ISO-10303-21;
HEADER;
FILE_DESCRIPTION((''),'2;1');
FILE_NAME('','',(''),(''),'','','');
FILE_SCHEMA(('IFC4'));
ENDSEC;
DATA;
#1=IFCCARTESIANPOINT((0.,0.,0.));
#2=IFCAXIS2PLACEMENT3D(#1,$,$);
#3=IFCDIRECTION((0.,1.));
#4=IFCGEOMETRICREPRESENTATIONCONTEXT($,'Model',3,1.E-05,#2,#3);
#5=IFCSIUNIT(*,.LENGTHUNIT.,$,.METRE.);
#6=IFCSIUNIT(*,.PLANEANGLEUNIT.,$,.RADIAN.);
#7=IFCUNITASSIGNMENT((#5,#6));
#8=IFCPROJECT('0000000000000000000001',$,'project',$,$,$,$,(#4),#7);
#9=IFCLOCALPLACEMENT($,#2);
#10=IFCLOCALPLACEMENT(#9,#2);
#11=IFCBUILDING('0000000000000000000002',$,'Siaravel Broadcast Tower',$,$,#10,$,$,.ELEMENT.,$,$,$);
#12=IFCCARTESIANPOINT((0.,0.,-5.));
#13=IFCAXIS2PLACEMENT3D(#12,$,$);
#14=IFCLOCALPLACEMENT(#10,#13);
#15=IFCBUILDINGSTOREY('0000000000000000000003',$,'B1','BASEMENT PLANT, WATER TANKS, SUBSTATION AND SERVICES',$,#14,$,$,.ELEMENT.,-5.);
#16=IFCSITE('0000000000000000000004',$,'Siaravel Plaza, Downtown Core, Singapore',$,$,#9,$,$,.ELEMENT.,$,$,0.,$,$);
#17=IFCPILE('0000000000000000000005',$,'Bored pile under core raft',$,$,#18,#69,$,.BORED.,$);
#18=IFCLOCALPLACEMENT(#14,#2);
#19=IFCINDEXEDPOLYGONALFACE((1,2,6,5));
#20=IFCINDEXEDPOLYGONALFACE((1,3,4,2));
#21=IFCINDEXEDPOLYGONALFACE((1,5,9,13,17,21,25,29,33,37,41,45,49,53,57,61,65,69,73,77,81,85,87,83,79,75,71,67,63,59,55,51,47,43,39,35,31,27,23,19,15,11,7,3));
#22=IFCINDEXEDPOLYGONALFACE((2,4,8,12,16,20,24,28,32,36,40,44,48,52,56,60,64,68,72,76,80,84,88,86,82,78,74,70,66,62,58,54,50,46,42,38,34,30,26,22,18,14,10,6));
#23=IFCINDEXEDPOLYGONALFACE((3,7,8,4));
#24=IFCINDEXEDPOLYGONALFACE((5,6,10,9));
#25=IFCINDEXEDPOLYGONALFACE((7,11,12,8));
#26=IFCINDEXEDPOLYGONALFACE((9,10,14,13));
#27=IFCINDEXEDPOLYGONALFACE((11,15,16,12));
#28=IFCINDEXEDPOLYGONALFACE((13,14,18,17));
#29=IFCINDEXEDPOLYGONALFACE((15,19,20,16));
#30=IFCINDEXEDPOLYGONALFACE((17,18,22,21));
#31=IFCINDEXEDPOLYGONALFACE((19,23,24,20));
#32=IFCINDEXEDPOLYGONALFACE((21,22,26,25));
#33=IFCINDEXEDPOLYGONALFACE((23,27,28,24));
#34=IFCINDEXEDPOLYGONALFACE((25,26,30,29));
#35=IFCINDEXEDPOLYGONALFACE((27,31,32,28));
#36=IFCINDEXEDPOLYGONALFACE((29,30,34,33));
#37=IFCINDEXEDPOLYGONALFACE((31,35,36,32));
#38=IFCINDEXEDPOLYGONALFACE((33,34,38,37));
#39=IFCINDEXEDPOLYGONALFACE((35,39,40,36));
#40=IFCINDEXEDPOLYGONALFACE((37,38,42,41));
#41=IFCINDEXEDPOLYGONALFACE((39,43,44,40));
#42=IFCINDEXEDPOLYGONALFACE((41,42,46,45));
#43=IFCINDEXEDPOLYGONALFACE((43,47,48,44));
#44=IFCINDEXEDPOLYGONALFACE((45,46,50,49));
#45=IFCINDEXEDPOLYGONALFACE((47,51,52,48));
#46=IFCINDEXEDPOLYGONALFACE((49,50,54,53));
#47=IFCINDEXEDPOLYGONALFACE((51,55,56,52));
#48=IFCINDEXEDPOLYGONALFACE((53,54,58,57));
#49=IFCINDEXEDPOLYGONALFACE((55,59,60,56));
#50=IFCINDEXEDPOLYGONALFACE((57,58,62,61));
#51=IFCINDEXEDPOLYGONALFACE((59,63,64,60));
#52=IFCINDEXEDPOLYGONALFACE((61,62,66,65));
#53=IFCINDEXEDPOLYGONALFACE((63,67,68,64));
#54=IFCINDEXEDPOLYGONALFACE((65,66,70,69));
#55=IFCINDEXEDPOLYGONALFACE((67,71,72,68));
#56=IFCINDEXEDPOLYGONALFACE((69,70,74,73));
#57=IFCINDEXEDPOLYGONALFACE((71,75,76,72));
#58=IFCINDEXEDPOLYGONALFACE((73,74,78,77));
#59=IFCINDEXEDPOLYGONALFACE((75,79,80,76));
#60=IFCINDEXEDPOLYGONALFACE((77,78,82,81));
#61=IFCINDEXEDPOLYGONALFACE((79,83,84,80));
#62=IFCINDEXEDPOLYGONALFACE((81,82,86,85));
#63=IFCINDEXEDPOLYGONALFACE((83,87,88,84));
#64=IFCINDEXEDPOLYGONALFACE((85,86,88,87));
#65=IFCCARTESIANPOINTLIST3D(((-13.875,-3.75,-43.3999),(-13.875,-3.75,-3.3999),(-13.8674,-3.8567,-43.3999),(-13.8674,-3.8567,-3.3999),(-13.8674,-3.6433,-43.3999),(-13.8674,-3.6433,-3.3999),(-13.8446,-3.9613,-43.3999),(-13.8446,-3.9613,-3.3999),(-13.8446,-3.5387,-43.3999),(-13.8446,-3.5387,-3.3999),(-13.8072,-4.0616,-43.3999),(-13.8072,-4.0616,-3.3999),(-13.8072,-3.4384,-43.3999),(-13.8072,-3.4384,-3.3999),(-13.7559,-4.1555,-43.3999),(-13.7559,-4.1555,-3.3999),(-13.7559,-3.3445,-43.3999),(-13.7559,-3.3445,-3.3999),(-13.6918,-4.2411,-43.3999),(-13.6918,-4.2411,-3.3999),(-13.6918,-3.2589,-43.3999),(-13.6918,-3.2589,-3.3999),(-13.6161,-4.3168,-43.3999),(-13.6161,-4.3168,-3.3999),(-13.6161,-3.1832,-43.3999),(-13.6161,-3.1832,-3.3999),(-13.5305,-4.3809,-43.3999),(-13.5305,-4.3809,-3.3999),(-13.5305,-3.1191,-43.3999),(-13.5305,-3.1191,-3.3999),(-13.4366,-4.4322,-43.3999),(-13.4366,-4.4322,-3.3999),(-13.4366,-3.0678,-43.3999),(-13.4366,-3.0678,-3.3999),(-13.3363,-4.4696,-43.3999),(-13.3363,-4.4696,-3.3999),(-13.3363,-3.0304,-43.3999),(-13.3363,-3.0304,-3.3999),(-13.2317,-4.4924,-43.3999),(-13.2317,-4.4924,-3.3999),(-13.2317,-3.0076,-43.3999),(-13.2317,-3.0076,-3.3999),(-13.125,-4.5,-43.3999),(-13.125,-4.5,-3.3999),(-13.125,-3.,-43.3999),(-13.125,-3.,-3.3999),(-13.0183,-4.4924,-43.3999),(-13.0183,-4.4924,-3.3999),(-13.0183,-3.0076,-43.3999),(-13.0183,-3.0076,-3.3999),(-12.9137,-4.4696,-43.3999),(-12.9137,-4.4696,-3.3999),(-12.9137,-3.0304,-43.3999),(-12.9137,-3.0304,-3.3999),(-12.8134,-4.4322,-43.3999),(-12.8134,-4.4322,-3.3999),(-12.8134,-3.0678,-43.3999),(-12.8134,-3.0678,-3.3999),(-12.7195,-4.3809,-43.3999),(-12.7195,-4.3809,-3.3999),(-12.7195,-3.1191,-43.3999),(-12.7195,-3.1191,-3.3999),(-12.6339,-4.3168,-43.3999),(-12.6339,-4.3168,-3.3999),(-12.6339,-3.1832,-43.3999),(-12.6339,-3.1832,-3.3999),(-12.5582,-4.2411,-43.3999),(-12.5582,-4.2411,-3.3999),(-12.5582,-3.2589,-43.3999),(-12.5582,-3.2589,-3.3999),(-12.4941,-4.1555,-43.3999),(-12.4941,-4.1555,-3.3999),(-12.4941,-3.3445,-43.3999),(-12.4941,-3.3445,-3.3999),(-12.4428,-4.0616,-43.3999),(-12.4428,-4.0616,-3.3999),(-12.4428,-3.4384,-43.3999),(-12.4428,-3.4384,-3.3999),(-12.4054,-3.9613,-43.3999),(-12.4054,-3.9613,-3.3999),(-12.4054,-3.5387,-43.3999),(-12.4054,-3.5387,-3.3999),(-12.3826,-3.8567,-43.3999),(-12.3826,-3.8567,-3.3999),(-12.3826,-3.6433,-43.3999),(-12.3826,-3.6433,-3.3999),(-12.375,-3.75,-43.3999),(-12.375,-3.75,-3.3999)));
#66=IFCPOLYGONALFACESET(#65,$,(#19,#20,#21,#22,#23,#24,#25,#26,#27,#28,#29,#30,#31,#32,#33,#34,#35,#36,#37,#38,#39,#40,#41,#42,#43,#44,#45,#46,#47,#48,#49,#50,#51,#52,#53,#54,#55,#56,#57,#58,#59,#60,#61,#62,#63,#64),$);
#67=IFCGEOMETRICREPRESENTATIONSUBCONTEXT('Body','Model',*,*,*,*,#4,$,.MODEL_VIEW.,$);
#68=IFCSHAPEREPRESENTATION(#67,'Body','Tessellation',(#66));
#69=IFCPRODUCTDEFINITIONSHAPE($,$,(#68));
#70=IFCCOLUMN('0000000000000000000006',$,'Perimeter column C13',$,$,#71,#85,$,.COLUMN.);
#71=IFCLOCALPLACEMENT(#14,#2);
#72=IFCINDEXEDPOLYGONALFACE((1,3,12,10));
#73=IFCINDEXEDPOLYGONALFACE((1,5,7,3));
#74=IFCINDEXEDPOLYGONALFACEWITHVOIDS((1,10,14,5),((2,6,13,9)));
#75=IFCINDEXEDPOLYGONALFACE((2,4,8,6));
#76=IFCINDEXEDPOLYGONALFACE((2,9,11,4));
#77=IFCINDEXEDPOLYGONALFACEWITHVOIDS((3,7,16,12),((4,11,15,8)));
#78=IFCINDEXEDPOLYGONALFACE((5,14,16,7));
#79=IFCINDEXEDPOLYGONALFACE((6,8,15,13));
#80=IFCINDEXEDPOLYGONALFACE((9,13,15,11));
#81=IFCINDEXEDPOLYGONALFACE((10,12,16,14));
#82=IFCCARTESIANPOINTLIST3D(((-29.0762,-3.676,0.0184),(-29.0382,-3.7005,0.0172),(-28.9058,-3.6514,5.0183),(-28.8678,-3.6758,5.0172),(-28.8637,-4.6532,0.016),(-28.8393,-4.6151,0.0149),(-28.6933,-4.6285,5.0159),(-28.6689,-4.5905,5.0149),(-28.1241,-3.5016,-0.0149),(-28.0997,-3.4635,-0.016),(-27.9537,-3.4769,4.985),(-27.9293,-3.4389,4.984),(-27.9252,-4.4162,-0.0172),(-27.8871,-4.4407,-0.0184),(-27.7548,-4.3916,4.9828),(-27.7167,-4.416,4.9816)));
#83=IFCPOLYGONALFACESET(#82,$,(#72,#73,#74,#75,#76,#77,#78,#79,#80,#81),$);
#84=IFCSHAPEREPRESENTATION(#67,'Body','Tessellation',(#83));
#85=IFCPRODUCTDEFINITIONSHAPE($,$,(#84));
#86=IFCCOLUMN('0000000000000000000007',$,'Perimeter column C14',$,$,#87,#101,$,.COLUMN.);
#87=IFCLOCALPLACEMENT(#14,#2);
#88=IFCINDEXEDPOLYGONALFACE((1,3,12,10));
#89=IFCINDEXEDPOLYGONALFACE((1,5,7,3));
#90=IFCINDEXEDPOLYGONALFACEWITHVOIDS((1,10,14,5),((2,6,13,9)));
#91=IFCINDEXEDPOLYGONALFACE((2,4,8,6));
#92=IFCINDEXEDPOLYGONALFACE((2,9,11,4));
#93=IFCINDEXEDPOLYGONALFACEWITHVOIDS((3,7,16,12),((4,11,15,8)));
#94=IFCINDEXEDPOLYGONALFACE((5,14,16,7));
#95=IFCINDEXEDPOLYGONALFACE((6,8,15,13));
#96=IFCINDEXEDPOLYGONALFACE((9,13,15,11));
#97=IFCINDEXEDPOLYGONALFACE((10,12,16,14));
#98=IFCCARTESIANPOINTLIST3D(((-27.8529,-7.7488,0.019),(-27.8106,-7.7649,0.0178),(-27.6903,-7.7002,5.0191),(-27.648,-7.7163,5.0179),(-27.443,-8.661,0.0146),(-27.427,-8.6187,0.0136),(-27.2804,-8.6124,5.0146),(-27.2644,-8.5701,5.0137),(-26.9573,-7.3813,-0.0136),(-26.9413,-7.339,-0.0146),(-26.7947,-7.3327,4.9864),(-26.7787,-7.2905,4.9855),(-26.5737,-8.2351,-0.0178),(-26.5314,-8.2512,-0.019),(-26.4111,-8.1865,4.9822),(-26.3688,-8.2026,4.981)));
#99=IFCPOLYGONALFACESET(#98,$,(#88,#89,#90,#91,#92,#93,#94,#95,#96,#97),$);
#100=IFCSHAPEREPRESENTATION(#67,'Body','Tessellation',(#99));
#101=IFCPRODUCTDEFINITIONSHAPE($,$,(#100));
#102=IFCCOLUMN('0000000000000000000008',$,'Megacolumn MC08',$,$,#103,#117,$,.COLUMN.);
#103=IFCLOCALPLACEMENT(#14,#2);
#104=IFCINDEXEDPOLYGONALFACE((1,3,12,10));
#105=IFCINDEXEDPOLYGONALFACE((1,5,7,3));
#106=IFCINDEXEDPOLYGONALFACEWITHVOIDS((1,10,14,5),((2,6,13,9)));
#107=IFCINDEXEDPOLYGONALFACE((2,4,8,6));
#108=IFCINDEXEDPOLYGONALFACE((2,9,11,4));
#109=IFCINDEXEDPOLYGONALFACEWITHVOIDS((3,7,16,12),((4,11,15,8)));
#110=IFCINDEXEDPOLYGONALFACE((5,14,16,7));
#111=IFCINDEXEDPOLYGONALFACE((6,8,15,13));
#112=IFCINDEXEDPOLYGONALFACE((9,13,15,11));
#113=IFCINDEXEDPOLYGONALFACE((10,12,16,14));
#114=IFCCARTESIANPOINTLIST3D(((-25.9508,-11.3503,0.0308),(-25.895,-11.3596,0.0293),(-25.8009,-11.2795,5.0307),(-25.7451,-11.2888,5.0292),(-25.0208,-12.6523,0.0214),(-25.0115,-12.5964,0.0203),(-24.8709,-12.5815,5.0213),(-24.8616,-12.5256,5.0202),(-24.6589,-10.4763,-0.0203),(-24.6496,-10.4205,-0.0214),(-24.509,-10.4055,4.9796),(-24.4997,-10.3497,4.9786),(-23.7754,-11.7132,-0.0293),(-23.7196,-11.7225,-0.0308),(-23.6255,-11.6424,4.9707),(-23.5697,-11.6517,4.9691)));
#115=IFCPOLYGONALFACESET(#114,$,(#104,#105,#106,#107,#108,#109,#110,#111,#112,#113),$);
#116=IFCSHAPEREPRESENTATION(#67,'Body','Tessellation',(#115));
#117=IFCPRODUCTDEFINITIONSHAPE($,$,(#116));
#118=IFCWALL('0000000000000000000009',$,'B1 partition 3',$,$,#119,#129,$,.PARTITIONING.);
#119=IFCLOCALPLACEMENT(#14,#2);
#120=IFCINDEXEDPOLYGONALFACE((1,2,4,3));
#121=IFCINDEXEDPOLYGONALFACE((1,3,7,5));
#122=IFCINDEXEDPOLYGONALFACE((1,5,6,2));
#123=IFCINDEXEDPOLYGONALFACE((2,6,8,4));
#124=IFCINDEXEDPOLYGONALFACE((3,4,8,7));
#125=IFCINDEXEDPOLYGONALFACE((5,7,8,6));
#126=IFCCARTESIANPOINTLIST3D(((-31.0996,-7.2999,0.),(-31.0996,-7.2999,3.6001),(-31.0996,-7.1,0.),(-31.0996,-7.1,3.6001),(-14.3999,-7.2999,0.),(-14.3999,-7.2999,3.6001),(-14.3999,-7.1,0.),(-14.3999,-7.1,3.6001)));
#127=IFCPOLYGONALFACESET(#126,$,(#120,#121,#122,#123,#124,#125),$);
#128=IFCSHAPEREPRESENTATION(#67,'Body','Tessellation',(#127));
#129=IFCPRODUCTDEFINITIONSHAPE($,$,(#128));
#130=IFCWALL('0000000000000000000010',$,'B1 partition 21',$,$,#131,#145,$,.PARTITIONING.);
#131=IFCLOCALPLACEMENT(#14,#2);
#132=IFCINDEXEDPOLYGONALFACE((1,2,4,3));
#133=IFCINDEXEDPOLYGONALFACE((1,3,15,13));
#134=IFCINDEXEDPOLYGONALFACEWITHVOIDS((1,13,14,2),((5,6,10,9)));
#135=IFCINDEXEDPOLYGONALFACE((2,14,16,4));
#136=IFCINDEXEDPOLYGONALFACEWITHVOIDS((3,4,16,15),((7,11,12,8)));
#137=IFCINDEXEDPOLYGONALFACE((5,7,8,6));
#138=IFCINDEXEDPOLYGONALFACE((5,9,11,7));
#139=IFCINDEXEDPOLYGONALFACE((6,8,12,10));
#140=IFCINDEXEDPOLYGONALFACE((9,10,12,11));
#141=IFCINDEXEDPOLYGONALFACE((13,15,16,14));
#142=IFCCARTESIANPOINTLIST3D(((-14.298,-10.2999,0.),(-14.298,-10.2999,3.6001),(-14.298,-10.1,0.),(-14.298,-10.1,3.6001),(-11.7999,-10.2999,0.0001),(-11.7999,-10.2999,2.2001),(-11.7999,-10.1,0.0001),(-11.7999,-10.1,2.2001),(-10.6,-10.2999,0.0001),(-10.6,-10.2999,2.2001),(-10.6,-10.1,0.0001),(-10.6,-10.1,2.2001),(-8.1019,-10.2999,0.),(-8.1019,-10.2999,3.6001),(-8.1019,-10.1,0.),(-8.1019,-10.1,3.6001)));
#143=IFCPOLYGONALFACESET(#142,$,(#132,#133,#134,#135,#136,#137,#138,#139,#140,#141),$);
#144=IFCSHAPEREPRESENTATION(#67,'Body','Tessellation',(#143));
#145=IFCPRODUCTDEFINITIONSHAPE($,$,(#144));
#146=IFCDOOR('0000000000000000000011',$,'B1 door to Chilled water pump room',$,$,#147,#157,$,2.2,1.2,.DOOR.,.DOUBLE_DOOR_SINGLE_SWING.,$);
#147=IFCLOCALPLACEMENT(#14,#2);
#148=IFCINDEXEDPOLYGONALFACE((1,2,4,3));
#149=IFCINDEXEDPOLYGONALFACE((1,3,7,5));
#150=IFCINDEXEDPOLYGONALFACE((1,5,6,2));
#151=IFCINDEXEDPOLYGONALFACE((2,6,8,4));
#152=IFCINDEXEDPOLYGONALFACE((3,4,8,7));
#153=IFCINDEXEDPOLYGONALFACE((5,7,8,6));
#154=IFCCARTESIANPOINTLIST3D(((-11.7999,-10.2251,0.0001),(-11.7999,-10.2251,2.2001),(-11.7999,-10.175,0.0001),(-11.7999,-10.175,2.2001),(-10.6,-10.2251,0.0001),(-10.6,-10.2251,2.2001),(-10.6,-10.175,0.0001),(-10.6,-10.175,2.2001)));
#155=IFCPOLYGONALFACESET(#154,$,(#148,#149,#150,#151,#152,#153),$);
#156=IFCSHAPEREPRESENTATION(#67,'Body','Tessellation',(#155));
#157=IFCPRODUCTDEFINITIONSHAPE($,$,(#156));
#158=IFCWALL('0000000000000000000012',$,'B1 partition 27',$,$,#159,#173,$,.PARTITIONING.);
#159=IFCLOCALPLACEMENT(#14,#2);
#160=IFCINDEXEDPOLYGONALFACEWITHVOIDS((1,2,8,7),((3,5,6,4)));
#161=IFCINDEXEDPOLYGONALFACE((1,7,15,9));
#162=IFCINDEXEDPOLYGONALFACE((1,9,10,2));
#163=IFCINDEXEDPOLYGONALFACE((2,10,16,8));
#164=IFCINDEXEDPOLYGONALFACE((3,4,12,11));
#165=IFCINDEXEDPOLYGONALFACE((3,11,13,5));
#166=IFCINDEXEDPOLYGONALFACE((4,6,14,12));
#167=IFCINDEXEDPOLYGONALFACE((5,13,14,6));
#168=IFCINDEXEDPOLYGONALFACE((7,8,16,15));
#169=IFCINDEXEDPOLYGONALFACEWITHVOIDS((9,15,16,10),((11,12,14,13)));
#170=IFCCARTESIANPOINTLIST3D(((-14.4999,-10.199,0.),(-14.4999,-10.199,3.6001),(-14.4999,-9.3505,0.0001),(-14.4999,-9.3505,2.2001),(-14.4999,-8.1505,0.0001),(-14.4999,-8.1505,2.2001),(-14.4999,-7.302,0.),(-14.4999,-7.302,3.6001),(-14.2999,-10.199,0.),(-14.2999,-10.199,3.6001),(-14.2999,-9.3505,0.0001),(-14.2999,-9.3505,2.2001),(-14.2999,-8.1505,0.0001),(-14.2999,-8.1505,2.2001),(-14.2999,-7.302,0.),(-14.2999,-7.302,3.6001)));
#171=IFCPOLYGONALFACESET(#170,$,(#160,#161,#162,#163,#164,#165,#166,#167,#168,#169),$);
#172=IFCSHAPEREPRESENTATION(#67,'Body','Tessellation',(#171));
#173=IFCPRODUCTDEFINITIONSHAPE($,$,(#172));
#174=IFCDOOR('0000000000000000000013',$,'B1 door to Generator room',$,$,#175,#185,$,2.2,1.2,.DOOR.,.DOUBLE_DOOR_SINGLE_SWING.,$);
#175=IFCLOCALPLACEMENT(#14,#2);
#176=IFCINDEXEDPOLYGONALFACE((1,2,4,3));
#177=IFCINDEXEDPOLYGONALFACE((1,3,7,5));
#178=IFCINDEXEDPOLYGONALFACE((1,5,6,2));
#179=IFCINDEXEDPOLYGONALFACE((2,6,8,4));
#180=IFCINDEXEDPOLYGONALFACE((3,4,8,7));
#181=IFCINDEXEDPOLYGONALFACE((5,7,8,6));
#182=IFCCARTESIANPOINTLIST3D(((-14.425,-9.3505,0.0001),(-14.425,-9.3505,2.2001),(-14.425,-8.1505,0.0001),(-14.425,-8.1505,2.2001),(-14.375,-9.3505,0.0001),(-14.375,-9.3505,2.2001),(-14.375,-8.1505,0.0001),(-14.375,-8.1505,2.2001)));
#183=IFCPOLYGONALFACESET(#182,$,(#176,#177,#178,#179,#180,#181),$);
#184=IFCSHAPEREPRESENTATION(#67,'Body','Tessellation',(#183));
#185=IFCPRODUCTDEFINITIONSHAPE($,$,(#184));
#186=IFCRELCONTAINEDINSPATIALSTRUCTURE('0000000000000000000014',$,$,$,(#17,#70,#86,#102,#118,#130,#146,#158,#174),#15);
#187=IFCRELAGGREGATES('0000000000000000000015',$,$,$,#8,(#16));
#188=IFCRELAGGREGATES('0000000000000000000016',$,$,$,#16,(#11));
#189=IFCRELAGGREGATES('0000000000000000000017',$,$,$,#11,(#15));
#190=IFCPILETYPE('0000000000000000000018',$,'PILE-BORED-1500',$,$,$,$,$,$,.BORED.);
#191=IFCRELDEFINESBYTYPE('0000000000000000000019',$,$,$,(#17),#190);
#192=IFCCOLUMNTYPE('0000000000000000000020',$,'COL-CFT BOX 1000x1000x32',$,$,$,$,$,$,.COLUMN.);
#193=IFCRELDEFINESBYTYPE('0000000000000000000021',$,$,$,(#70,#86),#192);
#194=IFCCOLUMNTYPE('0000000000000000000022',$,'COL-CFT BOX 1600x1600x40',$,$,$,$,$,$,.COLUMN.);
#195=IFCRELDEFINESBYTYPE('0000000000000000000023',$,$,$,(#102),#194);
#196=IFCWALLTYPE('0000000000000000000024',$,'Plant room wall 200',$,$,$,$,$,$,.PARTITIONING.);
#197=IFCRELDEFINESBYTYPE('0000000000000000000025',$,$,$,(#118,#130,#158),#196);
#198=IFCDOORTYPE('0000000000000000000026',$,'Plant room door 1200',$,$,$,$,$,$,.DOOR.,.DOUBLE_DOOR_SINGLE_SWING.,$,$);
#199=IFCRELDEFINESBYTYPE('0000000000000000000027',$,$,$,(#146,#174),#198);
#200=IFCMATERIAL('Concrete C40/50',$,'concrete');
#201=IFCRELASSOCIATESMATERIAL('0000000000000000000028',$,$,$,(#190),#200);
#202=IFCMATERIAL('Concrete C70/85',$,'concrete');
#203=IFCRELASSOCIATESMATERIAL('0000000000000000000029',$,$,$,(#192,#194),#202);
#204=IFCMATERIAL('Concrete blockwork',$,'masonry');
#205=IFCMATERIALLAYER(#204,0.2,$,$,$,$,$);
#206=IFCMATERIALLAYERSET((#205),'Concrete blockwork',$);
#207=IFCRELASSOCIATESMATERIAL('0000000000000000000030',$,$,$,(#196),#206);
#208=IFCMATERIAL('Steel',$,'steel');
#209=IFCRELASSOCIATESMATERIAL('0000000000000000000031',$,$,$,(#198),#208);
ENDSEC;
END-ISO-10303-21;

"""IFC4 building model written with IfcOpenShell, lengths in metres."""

from ifc_helpers import new_model, si_unit, direction, frame, frame_2d, origin, origin_2d, place, context, subcontext, project, spatial, rectangle, hollow_rectangle, circle, extrude, material, layer, layer_set, material_profile, profile_set, type_object, element, fill, save


model = new_model("IFC4")

# Units and contexts
model_context = context("Model", 3, precision=1e-05, world=origin(), true_north=direction((0.0, 1.0)))
body_context = subcontext(model_context, "Body", "Model", "MODEL_VIEW")
ifc_project = project(units=[si_unit("LENGTHUNIT", "METRE"), si_unit("PLANEANGLEUNIT", "RADIAN")], contexts=[model_context])

# Site, building, storey
site_placement = place(None, origin())
site = spatial("IfcSite", under=ifc_project, at=site_placement, Name="Siaravel Plaza, Downtown Core, Singapore", CompositionType="ELEMENT", RefElevation=0.0)
building_placement = place(site_placement, origin())
building = spatial("IfcBuilding", under=site, at=building_placement, Name="Siaravel Broadcast Tower", CompositionType="ELEMENT")
storey_placement = place(building_placement, frame((0.0, 0.0, -5.0)))
storey = spatial("IfcBuildingStorey", under=building, at=storey_placement, Name="B1", Description="BASEMENT PLANT, WATER TANKS, SUBSTATION AND SERVICES", CompositionType="ELEMENT", Elevation=-5.0)

# Shared definitions
ifc_material_1 = material(Name="Concrete C40/50", Category="concrete")

# Pile
ifc_material_profile_1 = material_profile(ifc_material_1, circle(Radius=0.75, at=origin_2d()))
ifc_profile_set_1 = profile_set([ifc_material_profile_1], Name="Concrete C40/50")
pile_type_1 = type_object("IfcPileType", Name="PILE-BORED-1500", PredefinedType="BORED", material=ifc_profile_set_1)
for number, where, z_axis, x_axis, name in (
    (1, (-13.125, -3.75, -3.3999), (0.0, 0.0, -1.0), (1.0, 0.0, 0.0), "Bored pile under core raft"),
):
    element("IfcPile", number, at=place(storey_placement, frame(where, z_axis=z_axis, x_axis=x_axis)), inside=storey, type_object=pile_type_1, Name=name, PredefinedType="BORED", context=body_context, shape_type="SweptSolid", body=[
        extrude(circle(Radius=0.75, at=origin_2d()), origin(), (0.0, 0.0, 1.0), 40.0),
    ])

# Columns
ifc_material_2 = material(Name="Concrete C70/85", Category="concrete")
ifc_material_profile_2 = material_profile(ifc_material_2, hollow_rectangle(XDim=1.0, YDim=1.0, WallThickness=0.032, at=origin_2d()))
ifc_profile_set_2 = profile_set([ifc_material_profile_2], Name="Concrete C70/85")
column_type_1 = type_object("IfcColumnType", Name="COL-CFT BOX 1000x1000x32", PredefinedType="COLUMN", material=ifc_profile_set_2)
for number, where, z_axis, x_axis, name in (
    (2, (-28.4817, -4.0583, 0.0), (0.034062, 0.004929, 0.999408), (-0.21252, 0.977154, 0.002424), "Perimeter column C13"),
    (3, (-27.1921, -8.0, 0.0), (0.032501, 0.009711, 0.999425), (-0.409852, 0.912141, 0.004465), "Perimeter column C14"),
):
    element("IfcColumn", number, at=place(storey_placement, frame(where, z_axis=z_axis, x_axis=x_axis)), inside=storey, type_object=column_type_1, Name=name, PredefinedType="COLUMN", context=body_context, shape_type="SweptSolid", body=[
        extrude(hollow_rectangle(XDim=1.0, YDim=1.0, WallThickness=0.032, at=origin_2d()), origin(), (0.0, 0.0, 1.0), 5.0029),
    ])
ifc_material_profile_3 = material_profile(ifc_material_2, hollow_rectangle(XDim=1.6001, YDim=1.6001, WallThickness=0.04, at=origin_2d()))
ifc_profile_set_3 = profile_set([ifc_material_profile_3], Name="Concrete C70/85")
column_type_2 = type_object("IfcColumnType", Name="COL-CFT BOX 1600x1600x40", PredefinedType="COLUMN", material=ifc_profile_set_3)
column_placement = place(storey_placement, frame((-24.8352, -11.5364, 0.0), z_axis=(0.029964, 0.014152, 0.999451), x_axis=(-0.581239, 0.813712, 0.005904)))
element("IfcColumn", 4, at=column_placement, inside=storey, type_object=column_type_2, Name="Megacolumn MC08", PredefinedType="COLUMN", context=body_context, shape_type="SweptSolid", body=[
    extrude(hollow_rectangle(XDim=1.6001, YDim=1.6001, WallThickness=0.04, at=origin_2d()), origin(), (0.0, 0.0, 1.0), 5.0027),
])

# Wall
ifc_material_3 = material(Name="Concrete blockwork", Category="masonry")
ifc_layer = layer(ifc_material_3, 0.2)
ifc_layer_set = layer_set([ifc_layer], Name="Concrete blockwork")
wall_type = type_object("IfcWallType", Name="Plant room wall 200", PredefinedType="PARTITIONING", material=ifc_layer_set)
wall_1_placement = place(storey_placement, frame((-14.3999, -7.2, 0.0), z_axis=(0.0, 0.0, 1.0), x_axis=(-1.0, 0.0, 0.0)))
element("IfcWall", 5, at=wall_1_placement, inside=storey, type_object=wall_type, Name="B1 partition 3", PredefinedType="PARTITIONING", context=body_context, shape_type="SweptSolid", body=[
    extrude(rectangle(XDim=16.6997, YDim=0.2, at=frame_2d((8.3499, 0.0))), origin(), (0.0, 0.0, 1.0), 3.6001),
])

# Walls, openings, doors
wall_2_placement = place(storey_placement, frame((-14.2981, -10.2, 0.0), z_axis=(0.0, 0.0, 1.0), x_axis=(1.0, 0.0, 0.0)))
wall_2 = element("IfcWall", 6, at=wall_2_placement, inside=storey, type_object=wall_type, Name="B1 partition 21", PredefinedType="PARTITIONING", context=body_context, shape_type="SweptSolid", body=[
    extrude(rectangle(XDim=6.196, YDim=0.2, at=frame_2d((3.0981, 0.0))), origin(), (0.0, 0.0, 1.0), 3.6001),
])
opening_1_placement = place(wall_2_placement, frame((2.498, 0.0, 0.0)))
opening_1 = element("IfcOpeningElement", 7, at=opening_1_placement, cuts=wall_2, PredefinedType="OPENING", context=body_context, shape_type="SweptSolid", body=[
    extrude(rectangle(XDim=1.2, YDim=2.2, at=frame_2d((0.6001, 1.1001))), frame((0.0, 0.1099, 0.0), z_axis=(0.0, -1.0, 0.0), x_axis=(1.0, 0.0, 0.0)), (0.0, 0.0, 1.0), 0.22),
])
ifc_material_4 = material(Name="Steel", Category="steel")
door_type = type_object("IfcDoorType", Name="Plant room door 1200", OperationType="DOUBLE_DOOR_SINGLE_SWING", PredefinedType="DOOR", material=ifc_material_4)
door_1_placement = place(opening_1_placement, origin())
door_1 = element("IfcDoor", 8, at=door_1_placement, inside=storey, type_object=door_type, Name="B1 door to Chilled water pump room", OperationType="DOUBLE_DOOR_SINGLE_SWING", OverallHeight=2.2, OverallWidth=1.2, PredefinedType="DOOR", context=body_context, shape_type="SweptSolid", body=[
    extrude(rectangle(XDim=1.2, YDim=2.2, at=frame_2d((0.6001, 1.1001))), frame((0.0, 0.0249, 0.0), z_axis=(0.0, -1.0, 0.0), x_axis=(1.0, 0.0, 0.0)), (0.0, 0.0, 1.0), 0.05),
])
fill(opening_1, door_1)
wall_3_placement = place(storey_placement, frame((-14.3999, -7.302, 0.0), z_axis=(0.0, 0.0, 1.0), x_axis=(0.0, -1.0, 0.0)))
wall_3 = element("IfcWall", 9, at=wall_3_placement, inside=storey, type_object=wall_type, Name="B1 partition 27", PredefinedType="PARTITIONING", context=body_context, shape_type="SweptSolid", body=[
    extrude(rectangle(XDim=2.897, YDim=0.2, at=frame_2d((1.4485, 0.0))), origin(), (0.0, 0.0, 1.0), 3.6001),
])
opening_2_placement = place(wall_3_placement, frame((0.8484, 0.0, 0.0)))
opening_2 = element("IfcOpeningElement", 10, at=opening_2_placement, cuts=wall_3, PredefinedType="OPENING", context=body_context, shape_type="SweptSolid", body=[
    extrude(rectangle(XDim=1.2, YDim=2.2, at=frame_2d((0.6001, 1.1001))), frame((0.0, 0.1099, 0.0), z_axis=(0.0, -1.0, 0.0), x_axis=(1.0, 0.0, 0.0)), (0.0, 0.0, 1.0), 0.22),
])
door_2_placement = place(opening_2_placement, origin())
door_2 = element("IfcDoor", 11, at=door_2_placement, inside=storey, type_object=door_type, Name="B1 door to Generator room", OperationType="DOUBLE_DOOR_SINGLE_SWING", OverallHeight=2.2, OverallWidth=1.2, PredefinedType="DOOR", context=body_context, shape_type="SweptSolid", body=[
    extrude(rectangle(XDim=1.2, YDim=2.2, at=frame_2d((0.6001, 1.1001))), frame((0.0, 0.0249, 0.0), z_axis=(0.0, -1.0, 0.0), x_axis=(1.0, 0.0, 0.0)), (0.0, 0.0, 1.0), 0.05),
])
fill(opening_2, door_2)

save(model, "model.ifc")
